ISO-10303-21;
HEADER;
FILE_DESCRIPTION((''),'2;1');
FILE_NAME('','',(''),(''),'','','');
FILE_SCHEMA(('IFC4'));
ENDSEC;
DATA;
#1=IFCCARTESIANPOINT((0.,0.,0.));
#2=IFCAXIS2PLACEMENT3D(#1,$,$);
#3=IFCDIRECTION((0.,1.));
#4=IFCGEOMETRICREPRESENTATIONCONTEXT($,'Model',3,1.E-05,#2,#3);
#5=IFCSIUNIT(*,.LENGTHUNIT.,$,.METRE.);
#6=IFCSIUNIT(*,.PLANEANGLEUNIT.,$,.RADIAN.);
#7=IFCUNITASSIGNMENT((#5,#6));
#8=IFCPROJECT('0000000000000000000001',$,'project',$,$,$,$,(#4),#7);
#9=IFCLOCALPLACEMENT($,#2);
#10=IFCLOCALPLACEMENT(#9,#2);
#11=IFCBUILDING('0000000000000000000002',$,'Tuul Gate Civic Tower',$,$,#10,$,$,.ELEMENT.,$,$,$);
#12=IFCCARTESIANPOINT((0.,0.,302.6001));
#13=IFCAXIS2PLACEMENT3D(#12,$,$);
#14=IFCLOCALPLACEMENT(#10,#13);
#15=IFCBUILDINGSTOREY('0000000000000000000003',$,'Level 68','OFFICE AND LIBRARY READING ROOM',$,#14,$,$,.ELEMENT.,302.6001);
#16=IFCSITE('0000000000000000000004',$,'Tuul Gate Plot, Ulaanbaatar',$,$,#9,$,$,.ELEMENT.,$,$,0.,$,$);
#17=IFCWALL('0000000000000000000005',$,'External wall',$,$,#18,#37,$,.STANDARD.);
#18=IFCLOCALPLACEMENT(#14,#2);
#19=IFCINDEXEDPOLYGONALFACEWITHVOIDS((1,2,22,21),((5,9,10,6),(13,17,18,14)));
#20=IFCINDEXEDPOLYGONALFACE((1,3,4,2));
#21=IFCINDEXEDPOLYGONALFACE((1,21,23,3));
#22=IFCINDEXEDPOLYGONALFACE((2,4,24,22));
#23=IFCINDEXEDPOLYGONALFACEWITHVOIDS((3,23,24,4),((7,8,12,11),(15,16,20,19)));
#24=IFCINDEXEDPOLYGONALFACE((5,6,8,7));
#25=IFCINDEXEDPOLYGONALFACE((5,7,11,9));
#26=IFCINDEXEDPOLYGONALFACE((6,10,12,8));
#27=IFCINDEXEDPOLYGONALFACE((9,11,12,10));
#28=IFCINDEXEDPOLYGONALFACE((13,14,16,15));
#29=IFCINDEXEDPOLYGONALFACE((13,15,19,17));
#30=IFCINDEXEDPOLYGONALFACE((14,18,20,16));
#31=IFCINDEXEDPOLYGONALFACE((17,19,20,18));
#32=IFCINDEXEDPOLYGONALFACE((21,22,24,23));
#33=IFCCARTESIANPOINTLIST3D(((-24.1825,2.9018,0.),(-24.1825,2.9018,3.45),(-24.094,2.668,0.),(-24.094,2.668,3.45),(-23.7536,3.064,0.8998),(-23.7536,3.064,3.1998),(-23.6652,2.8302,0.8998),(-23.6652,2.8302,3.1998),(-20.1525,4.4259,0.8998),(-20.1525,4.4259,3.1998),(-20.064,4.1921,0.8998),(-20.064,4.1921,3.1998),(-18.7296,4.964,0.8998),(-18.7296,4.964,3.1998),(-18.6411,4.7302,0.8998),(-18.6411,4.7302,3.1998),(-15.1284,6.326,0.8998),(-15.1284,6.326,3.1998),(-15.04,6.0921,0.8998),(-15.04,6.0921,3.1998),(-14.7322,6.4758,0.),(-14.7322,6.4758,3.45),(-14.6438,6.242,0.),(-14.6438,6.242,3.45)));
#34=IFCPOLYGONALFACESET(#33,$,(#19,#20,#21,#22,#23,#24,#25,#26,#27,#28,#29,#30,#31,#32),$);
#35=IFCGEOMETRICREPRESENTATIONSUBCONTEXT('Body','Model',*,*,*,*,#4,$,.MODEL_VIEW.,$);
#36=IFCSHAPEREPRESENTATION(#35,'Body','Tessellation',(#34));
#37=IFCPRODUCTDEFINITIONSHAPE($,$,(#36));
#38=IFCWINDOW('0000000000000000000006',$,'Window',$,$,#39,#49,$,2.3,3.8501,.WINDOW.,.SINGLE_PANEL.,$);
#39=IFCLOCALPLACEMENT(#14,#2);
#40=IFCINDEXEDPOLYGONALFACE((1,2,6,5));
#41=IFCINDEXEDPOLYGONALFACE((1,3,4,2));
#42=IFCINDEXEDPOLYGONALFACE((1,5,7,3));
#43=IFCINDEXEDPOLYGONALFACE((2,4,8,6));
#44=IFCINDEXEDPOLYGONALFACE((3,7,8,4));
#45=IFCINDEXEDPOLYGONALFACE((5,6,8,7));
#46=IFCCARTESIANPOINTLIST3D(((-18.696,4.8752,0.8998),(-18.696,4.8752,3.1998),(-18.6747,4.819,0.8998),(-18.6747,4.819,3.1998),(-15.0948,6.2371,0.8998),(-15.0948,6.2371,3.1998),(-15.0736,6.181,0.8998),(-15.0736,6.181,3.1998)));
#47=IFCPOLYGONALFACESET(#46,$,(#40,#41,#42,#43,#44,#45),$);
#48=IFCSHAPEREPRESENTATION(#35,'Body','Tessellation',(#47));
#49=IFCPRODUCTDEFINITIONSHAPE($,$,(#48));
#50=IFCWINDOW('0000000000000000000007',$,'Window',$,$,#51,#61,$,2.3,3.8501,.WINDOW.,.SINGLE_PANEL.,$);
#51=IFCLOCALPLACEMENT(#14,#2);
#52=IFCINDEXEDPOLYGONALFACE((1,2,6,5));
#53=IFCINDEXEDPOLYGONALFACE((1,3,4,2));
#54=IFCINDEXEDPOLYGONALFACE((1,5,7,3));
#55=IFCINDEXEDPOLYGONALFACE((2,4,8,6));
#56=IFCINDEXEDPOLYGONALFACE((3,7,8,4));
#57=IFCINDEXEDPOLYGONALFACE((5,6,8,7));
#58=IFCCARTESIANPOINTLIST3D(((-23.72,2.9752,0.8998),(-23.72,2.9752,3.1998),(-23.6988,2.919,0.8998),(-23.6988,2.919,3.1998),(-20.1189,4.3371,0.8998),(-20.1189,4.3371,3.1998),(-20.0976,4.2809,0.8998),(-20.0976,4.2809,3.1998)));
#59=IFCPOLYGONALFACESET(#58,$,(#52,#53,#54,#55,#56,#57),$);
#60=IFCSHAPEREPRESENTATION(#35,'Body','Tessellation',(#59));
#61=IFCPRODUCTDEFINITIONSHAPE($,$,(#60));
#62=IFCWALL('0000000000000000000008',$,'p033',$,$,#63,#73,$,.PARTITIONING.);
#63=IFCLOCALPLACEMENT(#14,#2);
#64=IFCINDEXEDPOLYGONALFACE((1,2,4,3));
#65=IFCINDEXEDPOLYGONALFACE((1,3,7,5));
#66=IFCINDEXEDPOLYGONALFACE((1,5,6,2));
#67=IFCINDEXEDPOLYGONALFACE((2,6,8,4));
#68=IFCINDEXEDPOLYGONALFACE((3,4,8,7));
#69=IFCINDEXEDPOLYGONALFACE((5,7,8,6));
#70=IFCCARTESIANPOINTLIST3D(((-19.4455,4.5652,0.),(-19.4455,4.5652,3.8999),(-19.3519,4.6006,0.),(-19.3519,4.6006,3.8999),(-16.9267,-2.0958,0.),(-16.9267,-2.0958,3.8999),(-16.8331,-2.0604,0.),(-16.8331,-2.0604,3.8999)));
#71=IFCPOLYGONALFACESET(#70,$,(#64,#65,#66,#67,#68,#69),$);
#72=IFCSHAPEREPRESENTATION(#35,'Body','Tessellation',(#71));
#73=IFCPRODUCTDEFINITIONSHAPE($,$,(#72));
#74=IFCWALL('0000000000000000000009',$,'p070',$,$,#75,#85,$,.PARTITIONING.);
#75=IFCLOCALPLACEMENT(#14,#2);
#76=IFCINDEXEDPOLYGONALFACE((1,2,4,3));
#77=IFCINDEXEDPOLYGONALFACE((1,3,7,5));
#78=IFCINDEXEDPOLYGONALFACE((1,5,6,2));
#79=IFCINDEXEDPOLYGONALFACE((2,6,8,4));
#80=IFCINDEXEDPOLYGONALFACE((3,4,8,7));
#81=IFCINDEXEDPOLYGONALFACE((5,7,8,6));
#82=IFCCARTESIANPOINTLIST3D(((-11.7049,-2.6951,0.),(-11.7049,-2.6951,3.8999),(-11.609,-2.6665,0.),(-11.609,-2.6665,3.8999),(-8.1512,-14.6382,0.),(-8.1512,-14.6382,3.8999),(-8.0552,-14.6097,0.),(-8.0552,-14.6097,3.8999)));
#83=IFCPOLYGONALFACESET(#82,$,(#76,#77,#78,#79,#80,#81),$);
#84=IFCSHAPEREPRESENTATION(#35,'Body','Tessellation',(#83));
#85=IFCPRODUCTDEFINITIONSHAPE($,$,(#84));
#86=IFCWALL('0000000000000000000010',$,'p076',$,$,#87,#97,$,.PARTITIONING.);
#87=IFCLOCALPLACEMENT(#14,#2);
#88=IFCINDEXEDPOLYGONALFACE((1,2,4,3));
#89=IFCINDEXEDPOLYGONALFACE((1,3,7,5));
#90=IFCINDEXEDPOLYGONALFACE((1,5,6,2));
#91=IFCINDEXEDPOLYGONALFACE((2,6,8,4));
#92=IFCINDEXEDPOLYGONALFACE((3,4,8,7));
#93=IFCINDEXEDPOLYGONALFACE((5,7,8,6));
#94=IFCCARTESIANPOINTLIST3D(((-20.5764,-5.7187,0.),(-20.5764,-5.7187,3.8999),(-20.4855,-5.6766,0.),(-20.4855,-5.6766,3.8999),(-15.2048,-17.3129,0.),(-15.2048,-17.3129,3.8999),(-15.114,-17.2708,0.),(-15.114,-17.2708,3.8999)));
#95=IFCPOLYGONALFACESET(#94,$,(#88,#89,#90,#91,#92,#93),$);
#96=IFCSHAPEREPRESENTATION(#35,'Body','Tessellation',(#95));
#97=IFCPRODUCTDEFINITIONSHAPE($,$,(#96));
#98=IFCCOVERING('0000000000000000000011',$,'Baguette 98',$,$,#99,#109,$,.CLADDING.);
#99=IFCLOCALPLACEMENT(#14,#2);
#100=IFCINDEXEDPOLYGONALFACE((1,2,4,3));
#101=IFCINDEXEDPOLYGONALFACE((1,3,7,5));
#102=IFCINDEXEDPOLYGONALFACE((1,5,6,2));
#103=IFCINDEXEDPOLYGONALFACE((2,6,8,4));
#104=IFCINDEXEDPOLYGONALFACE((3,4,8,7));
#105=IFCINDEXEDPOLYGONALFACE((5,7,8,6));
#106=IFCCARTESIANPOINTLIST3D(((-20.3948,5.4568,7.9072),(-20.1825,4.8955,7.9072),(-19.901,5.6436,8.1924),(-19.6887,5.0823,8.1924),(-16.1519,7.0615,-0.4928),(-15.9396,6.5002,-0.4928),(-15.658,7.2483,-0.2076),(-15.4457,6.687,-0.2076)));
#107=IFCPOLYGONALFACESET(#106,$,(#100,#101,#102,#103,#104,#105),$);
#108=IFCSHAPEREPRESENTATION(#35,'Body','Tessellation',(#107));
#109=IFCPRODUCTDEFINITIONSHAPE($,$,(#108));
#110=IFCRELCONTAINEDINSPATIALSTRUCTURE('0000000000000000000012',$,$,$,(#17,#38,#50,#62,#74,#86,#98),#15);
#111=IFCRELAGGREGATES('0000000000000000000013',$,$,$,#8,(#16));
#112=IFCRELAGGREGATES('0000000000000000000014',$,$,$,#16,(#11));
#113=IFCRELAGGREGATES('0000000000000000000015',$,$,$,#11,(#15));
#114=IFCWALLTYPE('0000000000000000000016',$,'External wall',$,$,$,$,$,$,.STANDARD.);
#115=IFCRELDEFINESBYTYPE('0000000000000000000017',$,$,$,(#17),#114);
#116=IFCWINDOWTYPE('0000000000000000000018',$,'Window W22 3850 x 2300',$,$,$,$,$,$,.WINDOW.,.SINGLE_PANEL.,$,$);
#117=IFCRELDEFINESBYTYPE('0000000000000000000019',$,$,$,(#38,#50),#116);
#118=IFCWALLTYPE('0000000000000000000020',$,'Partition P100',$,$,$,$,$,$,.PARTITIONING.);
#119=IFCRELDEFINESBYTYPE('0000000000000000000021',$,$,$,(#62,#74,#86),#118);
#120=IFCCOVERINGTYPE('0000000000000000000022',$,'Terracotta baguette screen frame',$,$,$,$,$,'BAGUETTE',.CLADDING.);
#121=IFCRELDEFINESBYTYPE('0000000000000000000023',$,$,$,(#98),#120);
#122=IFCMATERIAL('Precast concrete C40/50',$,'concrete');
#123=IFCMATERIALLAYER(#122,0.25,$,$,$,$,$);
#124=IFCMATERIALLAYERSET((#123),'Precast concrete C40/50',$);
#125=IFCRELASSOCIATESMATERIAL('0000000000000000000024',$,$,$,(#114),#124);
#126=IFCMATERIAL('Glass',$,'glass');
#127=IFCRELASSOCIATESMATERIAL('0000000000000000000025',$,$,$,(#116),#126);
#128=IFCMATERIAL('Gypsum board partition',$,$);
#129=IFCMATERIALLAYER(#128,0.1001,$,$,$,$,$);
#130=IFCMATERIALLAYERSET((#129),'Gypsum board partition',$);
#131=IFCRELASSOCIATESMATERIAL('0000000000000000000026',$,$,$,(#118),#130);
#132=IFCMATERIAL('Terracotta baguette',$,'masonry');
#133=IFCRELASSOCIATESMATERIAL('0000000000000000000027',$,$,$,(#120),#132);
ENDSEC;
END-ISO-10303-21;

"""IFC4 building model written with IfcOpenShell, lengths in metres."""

from ifc_helpers import new_model, si_unit, direction, frame, frame_2d, origin, origin_2d, place, context, subcontext, project, spatial, rectangle, extrude, material, layer, layer_set, material_profile, profile_set, type_object, element, fill, save


model = new_model("IFC4")

# Units and contexts
model_context = context("Model", 3, precision=1e-05, world=origin(), true_north=direction((0.0, 1.0)))
body_context = subcontext(model_context, "Body", "Model", "MODEL_VIEW")
ifc_project = project(units=[si_unit("LENGTHUNIT", "METRE"), si_unit("PLANEANGLEUNIT", "RADIAN")], contexts=[model_context])

# Site, building, storey
site_placement = place(None, origin())
site = spatial("IfcSite", under=ifc_project, at=site_placement, Name="Tuul Gate Plot, Ulaanbaatar", CompositionType="ELEMENT", RefElevation=0.0)
building_placement = place(site_placement, origin())
building = spatial("IfcBuilding", under=site, at=building_placement, Name="Tuul Gate Civic Tower", CompositionType="ELEMENT")
storey_placement = place(building_placement, frame((0.0, 0.0, 302.6001)))
storey = spatial("IfcBuildingStorey", under=building, at=storey_placement, Name="Level 68", Description="OFFICE AND LIBRARY READING ROOM", CompositionType="ELEMENT", Elevation=302.6001)

# Wall, openings, windows
ifc_material_1 = material(Name="Precast concrete C40/50", Category="concrete")
ifc_layer_1 = layer(ifc_material_1, 0.25)
ifc_layer_set_1 = layer_set([ifc_layer_1], Name="Precast concrete C40/50")
wall_type_1 = type_object("IfcWallType", Name="External wall", PredefinedType="STANDARD", material=ifc_layer_set_1)
ifc_material_2 = material(Name="Glass", Category="glass")
window_type = type_object("IfcWindowType", Name="Window W22 3850 x 2300", PartitioningType="SINGLE_PANEL", PredefinedType="WINDOW", material=ifc_material_2)
wall_1_placement = place(storey_placement, frame((-14.688, 6.3589, 0.0), z_axis=(0.0, 0.0, 1.0), x_axis=(-0.935344, -0.353738, 0.0)))
wall_1 = element("IfcWall", 1, at=wall_1_placement, inside=storey, type_object=wall_type_1, Name="External wall", PredefinedType="STANDARD", context=body_context, shape_type="SweptSolid", body=[
    extrude(rectangle(XDim=10.1035, YDim=0.25, at=frame_2d((5.0518, 0.0))), origin(), (0.0, 0.0, 1.0), 3.45),
])
opening_1_placement = place(wall_1_placement, frame((0.4236, 0.0, 0.8999)))
opening_1 = element("IfcOpeningElement", 2, at=opening_1_placement, cuts=wall_1, PredefinedType="OPENING", context=body_context, shape_type="SweptSolid", body=[
    extrude(rectangle(XDim=3.8501, YDim=2.3, at=frame_2d((1.925, 1.1499))), frame((0.0, 0.135, 0.0), z_axis=(0.0, -1.0, 0.0), x_axis=(1.0, 0.0, 0.0)), (0.0, 0.0, 1.0), 0.27),
])
opening_2_placement = place(wall_1_placement, frame((5.7949, 0.0, 0.8999)))
opening_2 = element("IfcOpeningElement", 3, at=opening_2_placement, cuts=wall_1, PredefinedType="OPENING", context=body_context, shape_type="SweptSolid", body=[
    extrude(rectangle(XDim=3.8501, YDim=2.3, at=frame_2d((1.925, 1.1499))), frame((0.0, 0.135, 0.0), z_axis=(0.0, -1.0, 0.0), x_axis=(1.0, 0.0, 0.0)), (0.0, 0.0, 1.0), 0.27),
])
window_1_placement = place(opening_1_placement, origin())
window_1 = element("IfcWindow", 4, at=window_1_placement, inside=storey, type_object=window_type, Name="Window", OverallHeight=2.3, OverallWidth=3.8501, PartitioningType="SINGLE_PANEL", PredefinedType="WINDOW", context=body_context, shape_type="SweptSolid", body=[
    extrude(rectangle(XDim=3.8501, YDim=2.3, at=frame_2d((1.925, 1.1499))), frame((0.0, 0.03, 0.0), z_axis=(0.0, -1.0, 0.0), x_axis=(1.0, 0.0, 0.0)), (0.0, 0.0, 1.0), 0.0601),
])
fill(opening_1, window_1)
window_2_placement = place(opening_2_placement, origin())
window_2 = element("IfcWindow", 5, at=window_2_placement, inside=storey, type_object=window_type, Name="Window", OverallHeight=2.3, OverallWidth=3.8501, PartitioningType="SINGLE_PANEL", PredefinedType="WINDOW", context=body_context, shape_type="SweptSolid", body=[
    extrude(rectangle(XDim=3.8501, YDim=2.3, at=frame_2d((1.925, 1.1499))), frame((0.0, 0.03, 0.0), z_axis=(0.0, -1.0, 0.0), x_axis=(1.0, 0.0, 0.0)), (0.0, 0.0, 1.0), 0.0601),
])
fill(opening_2, window_2)

# Walls
ifc_material_3 = material(Name="Gypsum board partition")
ifc_layer_2 = layer(ifc_material_3, 0.1001)
ifc_layer_set_2 = layer_set([ifc_layer_2], Name="Gypsum board partition")
wall_type_2 = type_object("IfcWallType", Name="Partition P100", PredefinedType="PARTITIONING", material=ifc_layer_set_2)
wall_2_placement = place(storey_placement, frame((-19.3987, 4.5828, 0.0), z_axis=(0.0, 0.0, 1.0), x_axis=(0.353703, -0.935358, 0.0)))
element("IfcWall", 6, at=wall_2_placement, inside=storey, type_object=wall_type_2, Name="p033", PredefinedType="PARTITIONING", context=body_context, shape_type="SweptSolid", body=[
    extrude(rectangle(XDim=7.1213, YDim=0.1001, at=frame_2d((3.5605, 0.0))), origin(), (0.0, 0.0, 1.0), 3.8999),
])
wall_3_placement = place(storey_placement, frame((-11.657, -2.6807, 0.0), z_axis=(0.0, 0.0, 1.0), x_axis=(0.285196, -0.958469, 0.0)))
element("IfcWall", 7, at=wall_3_placement, inside=storey, type_object=wall_type_2, Name="p070", PredefinedType="PARTITIONING", context=body_context, shape_type="SweptSolid", body=[
    extrude(rectangle(XDim=12.4607, YDim=0.1001, at=frame_2d((6.2305, 0.0))), origin(), (0.0, 0.0, 1.0), 3.8999),
])
wall_4_placement = place(storey_placement, frame((-20.531, -5.6975, 0.0), z_axis=(0.0, 0.0, 1.0), x_axis=(0.420374, -0.907351, 0.0)))
element("IfcWall", 8, at=wall_4_placement, inside=storey, type_object=wall_type_2, Name="p076", PredefinedType="PARTITIONING", context=body_context, shape_type="SweptSolid", body=[
    extrude(rectangle(XDim=12.7781, YDim=0.1001, at=frame_2d((6.3892, 0.0))), origin(), (0.0, 0.0, 1.0), 3.8999),
])

# Covering
ifc_material_4 = material(Name="Terracotta baguette", Category="masonry")
ifc_material_profile_1 = material_profile(ifc_material_4, rectangle(XDim=0.6001, YDim=0.6001, at=origin_2d()), Name="Terracotta baguette screen frame")
ifc_profile_set_1 = profile_set([ifc_material_profile_1], Name="Terracotta baguette")
covering_type = type_object("IfcCoveringType", Name="Terracotta baguette screen frame", ElementType="BAGUETTE", PredefinedType="CLADDING", material=ifc_profile_set_1)
covering_placement = place(storey_placement, frame((-20.0417, 5.2695, 8.0498), z_axis=(0.444447, 0.168097, -0.879892), x_axis=(-0.353758, 0.935337, 0.0)))
element("IfcCovering", 9, at=covering_placement, inside=storey, type_object=covering_type, Name="Baguette 98", PredefinedType="CLADDING", context=body_context, shape_type="SweptSolid", body=[
    extrude(rectangle(XDim=0.6001, YDim=0.6001, at=origin_2d()), origin(), (0.0, 0.0, 1.0), 9.5466),
])

save(model, "model.ifc")
